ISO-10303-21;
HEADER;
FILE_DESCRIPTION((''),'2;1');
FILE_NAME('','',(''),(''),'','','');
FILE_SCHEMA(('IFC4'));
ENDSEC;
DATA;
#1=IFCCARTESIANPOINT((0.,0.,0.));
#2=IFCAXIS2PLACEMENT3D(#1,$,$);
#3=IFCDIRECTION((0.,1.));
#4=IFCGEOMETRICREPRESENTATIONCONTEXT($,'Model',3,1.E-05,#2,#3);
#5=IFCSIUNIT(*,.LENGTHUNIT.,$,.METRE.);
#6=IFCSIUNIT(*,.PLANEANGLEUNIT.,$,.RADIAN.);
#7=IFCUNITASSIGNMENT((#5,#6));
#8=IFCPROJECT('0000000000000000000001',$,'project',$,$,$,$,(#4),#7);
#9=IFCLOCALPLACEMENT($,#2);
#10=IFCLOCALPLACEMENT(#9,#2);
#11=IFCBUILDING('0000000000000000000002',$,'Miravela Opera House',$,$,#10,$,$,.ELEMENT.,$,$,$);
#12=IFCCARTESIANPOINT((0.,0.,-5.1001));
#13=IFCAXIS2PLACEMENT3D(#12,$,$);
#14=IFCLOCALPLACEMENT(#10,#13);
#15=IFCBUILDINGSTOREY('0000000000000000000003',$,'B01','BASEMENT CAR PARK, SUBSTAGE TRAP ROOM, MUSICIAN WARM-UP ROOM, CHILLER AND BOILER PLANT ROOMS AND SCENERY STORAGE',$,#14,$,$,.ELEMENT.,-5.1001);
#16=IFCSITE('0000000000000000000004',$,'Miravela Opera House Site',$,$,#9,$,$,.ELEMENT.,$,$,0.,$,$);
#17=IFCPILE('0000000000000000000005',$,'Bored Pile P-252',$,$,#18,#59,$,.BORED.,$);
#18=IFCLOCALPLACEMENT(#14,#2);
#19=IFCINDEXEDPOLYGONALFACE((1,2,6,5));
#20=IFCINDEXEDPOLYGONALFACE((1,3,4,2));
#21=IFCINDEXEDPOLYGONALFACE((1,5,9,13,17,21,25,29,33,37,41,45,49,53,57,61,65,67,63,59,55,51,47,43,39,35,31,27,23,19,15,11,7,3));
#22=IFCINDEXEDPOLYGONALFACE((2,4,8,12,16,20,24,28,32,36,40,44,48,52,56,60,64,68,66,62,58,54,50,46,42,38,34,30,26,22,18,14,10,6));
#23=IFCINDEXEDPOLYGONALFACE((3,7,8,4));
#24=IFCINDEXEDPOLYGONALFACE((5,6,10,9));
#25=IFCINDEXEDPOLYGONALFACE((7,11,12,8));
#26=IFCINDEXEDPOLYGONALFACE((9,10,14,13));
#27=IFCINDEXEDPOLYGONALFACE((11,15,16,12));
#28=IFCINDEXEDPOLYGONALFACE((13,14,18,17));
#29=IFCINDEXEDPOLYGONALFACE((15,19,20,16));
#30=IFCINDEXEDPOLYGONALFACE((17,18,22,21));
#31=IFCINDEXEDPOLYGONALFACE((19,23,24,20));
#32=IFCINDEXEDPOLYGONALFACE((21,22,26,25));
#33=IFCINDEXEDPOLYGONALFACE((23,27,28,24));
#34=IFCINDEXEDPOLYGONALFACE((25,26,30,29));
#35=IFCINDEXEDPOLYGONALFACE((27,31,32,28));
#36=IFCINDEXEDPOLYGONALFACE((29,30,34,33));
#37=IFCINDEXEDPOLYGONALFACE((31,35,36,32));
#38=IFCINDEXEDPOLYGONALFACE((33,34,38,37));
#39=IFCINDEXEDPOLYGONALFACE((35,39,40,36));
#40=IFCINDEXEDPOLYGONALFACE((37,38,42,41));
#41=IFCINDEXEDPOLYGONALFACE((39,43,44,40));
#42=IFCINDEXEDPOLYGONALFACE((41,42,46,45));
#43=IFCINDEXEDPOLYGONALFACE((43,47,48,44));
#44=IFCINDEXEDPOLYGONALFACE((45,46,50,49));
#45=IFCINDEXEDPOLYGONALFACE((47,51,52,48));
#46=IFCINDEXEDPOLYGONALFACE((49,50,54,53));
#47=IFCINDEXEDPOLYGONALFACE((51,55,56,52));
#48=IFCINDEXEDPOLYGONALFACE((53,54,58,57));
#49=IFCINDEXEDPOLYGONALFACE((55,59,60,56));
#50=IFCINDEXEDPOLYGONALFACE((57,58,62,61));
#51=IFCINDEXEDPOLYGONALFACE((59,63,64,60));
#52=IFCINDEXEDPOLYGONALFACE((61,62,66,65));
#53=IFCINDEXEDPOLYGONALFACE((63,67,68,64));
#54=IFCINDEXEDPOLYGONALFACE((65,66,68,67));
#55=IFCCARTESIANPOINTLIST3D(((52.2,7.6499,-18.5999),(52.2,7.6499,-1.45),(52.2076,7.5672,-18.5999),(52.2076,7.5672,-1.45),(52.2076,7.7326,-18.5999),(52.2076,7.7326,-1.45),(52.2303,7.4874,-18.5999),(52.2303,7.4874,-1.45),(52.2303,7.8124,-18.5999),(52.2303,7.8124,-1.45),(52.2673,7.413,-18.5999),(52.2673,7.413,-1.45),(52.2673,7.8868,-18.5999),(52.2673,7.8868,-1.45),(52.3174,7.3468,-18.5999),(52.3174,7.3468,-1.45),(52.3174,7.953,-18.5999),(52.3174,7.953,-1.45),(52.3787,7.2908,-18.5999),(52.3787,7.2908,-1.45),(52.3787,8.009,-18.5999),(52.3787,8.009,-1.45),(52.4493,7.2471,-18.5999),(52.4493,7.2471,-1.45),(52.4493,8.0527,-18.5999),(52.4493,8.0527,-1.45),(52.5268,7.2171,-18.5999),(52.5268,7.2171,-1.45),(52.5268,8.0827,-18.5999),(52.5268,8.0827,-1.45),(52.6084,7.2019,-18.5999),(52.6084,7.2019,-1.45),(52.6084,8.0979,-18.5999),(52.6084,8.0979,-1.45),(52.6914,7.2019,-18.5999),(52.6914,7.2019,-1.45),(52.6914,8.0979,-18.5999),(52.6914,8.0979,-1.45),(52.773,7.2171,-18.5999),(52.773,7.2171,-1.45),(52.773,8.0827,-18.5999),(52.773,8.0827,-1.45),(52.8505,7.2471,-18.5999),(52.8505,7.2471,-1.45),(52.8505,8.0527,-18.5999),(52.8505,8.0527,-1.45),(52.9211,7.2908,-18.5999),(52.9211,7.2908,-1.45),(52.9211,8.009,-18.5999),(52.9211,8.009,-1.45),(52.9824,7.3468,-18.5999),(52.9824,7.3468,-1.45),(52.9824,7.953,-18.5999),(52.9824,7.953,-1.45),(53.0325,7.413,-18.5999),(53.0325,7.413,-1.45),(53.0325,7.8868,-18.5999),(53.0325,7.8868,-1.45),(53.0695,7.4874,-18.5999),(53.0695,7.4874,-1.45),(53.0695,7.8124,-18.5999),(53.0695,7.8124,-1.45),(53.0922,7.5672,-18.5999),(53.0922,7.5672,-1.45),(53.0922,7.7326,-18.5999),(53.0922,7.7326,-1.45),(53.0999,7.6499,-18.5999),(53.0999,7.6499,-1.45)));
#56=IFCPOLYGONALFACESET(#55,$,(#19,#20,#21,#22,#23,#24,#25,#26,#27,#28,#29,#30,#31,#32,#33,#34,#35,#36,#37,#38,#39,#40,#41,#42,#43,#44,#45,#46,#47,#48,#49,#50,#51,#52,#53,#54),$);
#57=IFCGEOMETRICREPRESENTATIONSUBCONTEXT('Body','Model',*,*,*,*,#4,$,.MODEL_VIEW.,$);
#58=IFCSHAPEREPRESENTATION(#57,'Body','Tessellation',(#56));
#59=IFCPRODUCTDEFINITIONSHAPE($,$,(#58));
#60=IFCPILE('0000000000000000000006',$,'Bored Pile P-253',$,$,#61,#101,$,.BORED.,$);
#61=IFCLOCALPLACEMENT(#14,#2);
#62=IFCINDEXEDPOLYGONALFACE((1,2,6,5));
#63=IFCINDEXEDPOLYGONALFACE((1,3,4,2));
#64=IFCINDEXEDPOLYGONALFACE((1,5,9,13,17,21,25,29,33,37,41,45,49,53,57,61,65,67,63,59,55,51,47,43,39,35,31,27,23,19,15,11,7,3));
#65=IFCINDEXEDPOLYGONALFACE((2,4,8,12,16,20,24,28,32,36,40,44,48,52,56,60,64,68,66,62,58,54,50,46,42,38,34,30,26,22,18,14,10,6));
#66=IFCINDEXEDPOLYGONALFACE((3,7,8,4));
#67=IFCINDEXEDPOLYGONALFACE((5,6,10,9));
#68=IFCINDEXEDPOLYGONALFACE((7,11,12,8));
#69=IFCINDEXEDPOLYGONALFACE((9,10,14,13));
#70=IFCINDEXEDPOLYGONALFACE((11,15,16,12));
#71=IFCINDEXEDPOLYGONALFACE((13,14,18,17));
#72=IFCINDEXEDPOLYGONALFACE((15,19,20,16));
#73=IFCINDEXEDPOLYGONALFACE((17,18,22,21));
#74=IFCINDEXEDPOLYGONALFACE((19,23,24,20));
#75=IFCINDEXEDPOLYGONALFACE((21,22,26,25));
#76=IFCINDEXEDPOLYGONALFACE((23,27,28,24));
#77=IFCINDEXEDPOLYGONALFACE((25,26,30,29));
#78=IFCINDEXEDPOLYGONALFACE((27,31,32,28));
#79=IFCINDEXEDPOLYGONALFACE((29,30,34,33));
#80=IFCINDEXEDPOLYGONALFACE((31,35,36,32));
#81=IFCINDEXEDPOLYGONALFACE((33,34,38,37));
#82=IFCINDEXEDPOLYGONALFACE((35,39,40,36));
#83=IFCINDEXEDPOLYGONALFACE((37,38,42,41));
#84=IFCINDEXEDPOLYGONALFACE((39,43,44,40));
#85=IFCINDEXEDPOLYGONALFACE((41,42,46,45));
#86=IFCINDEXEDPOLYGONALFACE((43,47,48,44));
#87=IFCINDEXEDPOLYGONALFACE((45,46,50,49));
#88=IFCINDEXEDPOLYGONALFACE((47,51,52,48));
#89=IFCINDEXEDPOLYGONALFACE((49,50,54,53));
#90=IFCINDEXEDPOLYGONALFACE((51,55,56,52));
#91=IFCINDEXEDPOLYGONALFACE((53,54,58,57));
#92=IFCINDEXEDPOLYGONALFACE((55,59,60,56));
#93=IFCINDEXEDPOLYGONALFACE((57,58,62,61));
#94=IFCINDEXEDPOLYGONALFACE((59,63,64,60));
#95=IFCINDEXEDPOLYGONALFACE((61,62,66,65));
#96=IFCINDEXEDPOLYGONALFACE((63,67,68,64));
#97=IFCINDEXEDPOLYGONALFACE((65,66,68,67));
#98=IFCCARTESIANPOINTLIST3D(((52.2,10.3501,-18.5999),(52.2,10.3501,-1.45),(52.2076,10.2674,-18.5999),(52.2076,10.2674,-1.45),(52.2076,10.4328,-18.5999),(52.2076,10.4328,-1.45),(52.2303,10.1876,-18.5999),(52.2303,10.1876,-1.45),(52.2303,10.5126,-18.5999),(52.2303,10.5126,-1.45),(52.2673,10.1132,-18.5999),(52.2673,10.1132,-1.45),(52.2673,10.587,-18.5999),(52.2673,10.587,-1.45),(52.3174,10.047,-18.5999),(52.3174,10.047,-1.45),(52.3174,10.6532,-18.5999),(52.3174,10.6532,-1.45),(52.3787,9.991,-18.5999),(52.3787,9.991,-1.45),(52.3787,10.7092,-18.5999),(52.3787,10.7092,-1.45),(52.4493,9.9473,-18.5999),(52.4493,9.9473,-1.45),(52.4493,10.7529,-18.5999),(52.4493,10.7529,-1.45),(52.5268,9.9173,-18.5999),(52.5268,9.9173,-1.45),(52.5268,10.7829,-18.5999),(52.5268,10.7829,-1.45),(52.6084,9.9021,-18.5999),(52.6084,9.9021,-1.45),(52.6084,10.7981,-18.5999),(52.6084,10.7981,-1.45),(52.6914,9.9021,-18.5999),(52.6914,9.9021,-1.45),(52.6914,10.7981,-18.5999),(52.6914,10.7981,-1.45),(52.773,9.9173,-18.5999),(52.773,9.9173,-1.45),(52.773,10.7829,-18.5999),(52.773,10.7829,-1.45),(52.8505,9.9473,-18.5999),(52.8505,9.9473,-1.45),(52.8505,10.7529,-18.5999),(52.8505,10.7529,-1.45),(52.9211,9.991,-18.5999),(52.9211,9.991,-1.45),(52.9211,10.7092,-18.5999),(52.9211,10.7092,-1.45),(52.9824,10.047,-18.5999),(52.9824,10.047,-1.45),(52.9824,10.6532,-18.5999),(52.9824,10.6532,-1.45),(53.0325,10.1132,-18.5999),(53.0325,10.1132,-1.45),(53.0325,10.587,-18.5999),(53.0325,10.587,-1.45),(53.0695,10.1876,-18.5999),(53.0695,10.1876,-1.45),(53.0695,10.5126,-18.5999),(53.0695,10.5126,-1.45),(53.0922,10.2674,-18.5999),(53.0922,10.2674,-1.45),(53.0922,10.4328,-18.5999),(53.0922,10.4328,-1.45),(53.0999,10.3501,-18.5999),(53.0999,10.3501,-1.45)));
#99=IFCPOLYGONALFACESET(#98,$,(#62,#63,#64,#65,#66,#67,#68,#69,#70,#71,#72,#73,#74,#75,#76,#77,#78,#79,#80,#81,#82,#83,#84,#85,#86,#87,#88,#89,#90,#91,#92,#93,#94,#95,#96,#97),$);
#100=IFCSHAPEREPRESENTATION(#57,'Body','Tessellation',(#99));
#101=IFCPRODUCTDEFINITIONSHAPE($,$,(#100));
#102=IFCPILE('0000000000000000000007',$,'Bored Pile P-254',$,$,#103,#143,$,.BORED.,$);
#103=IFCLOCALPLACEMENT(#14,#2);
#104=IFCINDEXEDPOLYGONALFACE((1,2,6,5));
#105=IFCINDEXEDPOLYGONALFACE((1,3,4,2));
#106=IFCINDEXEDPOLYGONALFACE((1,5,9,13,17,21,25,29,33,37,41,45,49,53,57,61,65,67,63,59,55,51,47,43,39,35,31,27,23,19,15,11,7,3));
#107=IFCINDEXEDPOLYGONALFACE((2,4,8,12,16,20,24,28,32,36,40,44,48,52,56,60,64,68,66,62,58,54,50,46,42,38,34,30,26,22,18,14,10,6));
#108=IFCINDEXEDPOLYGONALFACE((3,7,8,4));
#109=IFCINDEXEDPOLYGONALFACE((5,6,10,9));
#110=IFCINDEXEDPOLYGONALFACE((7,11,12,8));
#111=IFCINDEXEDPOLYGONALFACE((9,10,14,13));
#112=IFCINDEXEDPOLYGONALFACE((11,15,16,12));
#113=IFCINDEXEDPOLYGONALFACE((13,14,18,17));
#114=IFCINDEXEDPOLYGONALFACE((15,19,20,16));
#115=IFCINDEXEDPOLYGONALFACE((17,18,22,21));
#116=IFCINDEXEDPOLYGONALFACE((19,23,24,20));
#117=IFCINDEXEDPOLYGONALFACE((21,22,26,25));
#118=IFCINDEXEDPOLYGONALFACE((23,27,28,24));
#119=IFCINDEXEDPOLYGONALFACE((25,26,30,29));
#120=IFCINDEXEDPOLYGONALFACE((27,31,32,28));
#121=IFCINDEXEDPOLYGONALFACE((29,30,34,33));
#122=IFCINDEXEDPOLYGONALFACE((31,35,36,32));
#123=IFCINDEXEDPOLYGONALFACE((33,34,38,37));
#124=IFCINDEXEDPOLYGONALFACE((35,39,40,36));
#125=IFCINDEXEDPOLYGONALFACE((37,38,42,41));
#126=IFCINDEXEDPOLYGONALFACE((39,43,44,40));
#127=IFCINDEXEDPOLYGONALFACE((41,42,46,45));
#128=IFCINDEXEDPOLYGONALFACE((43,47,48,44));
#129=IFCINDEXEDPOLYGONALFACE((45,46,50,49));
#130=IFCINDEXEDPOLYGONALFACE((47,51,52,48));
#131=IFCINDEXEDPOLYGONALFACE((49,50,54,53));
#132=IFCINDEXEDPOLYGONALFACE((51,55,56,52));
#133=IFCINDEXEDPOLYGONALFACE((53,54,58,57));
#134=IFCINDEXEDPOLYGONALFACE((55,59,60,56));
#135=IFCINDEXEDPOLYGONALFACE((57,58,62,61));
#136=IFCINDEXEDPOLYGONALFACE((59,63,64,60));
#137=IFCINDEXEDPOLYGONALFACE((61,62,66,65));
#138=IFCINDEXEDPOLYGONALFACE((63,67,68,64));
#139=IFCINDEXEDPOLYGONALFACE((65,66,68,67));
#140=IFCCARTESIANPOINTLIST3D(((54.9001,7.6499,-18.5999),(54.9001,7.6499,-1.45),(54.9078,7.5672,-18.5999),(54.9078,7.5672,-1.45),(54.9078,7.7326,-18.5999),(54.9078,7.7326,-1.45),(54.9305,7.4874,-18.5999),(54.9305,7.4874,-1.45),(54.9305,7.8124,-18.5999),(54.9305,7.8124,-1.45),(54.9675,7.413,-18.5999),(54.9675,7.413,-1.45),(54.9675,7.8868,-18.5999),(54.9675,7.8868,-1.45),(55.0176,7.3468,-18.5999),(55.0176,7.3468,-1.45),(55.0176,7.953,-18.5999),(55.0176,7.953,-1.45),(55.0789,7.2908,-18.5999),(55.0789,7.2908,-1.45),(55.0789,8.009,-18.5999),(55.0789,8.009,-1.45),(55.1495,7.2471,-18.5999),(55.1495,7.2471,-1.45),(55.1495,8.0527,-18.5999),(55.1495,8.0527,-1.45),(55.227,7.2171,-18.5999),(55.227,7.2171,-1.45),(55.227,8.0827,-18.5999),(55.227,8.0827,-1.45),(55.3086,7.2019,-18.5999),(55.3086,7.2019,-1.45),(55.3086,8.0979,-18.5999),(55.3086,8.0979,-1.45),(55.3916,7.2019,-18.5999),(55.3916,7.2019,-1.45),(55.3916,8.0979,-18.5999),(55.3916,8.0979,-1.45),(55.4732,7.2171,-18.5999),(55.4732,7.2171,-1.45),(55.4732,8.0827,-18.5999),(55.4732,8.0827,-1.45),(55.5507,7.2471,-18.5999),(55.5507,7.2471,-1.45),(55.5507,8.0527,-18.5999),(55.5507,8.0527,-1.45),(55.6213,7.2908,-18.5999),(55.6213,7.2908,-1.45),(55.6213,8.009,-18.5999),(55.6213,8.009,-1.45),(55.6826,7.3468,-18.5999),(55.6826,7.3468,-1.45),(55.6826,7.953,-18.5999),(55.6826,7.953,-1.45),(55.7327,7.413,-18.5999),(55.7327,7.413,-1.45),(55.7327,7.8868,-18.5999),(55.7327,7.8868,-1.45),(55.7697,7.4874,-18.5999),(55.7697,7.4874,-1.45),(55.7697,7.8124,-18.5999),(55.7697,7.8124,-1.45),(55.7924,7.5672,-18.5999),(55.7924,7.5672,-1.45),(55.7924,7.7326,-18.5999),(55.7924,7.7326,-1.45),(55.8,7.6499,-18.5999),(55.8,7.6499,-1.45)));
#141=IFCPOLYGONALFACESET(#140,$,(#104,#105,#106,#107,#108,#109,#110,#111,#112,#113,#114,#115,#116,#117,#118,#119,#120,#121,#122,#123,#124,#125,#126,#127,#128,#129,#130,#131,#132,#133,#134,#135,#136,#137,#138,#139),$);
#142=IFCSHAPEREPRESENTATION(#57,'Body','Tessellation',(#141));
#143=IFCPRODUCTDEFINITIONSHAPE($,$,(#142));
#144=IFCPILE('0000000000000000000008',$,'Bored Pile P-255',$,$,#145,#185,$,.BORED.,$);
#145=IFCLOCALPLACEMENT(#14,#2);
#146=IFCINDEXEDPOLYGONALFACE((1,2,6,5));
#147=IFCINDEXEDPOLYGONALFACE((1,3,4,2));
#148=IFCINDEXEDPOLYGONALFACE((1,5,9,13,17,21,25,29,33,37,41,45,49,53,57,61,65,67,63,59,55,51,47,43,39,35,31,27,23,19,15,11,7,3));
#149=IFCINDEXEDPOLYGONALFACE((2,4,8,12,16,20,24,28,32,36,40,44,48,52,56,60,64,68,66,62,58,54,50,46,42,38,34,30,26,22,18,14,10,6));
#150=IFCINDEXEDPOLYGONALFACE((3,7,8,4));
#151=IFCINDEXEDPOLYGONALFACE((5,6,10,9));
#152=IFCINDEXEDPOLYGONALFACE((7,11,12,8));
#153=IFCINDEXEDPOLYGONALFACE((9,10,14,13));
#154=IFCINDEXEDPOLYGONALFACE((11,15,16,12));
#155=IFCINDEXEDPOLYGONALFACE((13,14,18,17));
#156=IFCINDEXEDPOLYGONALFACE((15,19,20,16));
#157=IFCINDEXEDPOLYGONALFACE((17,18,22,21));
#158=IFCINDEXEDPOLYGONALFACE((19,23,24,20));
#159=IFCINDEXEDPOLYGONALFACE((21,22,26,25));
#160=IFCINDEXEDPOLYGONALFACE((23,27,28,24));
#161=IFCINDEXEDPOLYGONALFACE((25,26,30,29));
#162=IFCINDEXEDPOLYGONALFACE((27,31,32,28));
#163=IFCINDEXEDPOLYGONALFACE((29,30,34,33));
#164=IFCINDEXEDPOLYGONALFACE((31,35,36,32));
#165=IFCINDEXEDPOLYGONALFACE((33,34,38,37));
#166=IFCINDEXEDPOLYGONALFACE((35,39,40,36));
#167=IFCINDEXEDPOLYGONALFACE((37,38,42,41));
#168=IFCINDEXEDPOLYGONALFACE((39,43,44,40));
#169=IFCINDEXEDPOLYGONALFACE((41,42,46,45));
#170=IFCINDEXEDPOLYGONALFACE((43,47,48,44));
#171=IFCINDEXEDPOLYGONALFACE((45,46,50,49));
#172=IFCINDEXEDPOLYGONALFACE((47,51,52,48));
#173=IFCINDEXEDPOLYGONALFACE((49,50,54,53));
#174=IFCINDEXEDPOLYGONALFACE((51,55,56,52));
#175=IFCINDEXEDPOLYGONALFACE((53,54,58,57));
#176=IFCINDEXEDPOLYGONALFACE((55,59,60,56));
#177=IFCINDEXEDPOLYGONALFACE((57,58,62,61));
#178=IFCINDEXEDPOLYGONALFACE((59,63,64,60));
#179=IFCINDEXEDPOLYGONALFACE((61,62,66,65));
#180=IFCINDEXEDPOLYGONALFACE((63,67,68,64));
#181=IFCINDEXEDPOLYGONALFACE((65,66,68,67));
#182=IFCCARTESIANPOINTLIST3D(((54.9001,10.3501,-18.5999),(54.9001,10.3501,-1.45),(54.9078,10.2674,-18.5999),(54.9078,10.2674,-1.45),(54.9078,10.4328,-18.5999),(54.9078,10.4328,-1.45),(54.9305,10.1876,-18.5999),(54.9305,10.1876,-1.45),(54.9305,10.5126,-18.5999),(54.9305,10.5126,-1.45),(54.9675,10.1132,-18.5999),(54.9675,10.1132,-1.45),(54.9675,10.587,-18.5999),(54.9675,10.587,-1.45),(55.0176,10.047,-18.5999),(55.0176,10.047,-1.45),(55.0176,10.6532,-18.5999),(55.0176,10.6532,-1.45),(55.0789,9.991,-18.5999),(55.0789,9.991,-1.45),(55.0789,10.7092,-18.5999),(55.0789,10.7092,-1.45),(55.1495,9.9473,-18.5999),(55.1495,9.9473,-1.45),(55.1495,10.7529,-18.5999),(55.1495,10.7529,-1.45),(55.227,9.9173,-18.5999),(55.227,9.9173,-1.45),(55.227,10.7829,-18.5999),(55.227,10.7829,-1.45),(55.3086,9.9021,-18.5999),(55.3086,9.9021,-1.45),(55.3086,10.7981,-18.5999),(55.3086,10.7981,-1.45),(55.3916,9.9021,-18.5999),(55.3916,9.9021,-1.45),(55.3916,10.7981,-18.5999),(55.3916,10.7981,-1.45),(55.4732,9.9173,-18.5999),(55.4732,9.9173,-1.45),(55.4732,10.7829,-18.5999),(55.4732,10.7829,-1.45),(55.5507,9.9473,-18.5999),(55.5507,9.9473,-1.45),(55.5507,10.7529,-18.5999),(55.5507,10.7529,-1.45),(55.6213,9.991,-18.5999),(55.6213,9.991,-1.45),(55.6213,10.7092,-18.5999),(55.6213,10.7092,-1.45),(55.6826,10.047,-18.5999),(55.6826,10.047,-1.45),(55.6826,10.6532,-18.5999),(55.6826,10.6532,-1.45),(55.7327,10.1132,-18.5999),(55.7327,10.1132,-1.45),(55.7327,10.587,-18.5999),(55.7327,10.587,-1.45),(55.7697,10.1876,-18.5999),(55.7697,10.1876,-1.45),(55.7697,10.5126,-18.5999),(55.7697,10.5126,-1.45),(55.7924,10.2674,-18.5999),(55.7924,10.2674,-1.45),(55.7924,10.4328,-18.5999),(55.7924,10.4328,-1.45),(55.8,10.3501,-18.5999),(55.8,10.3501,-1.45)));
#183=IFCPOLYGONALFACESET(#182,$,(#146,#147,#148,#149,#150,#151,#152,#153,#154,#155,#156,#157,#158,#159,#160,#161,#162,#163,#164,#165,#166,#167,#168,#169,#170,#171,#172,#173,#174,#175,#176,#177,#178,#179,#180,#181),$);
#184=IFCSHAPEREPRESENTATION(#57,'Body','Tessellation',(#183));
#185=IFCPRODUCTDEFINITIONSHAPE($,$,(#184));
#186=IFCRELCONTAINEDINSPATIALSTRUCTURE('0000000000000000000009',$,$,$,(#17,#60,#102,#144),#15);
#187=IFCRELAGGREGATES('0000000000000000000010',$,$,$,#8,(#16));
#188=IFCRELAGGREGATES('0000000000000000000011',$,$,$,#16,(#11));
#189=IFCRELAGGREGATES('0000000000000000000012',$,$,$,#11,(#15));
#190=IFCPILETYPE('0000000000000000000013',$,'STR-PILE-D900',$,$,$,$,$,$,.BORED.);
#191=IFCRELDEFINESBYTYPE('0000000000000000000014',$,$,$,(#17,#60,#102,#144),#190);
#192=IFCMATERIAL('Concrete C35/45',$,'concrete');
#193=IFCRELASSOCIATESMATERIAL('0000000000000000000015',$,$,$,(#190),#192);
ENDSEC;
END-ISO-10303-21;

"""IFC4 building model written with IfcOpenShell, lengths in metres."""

from ifc_helpers import new_model, si_unit, direction, frame, origin, origin_2d, place, context, subcontext, project, spatial, circle, extrude, material, material_profile, profile_set, type_object, element, save


model = new_model("IFC4")

# Units and contexts
model_context = context("Model", 3, precision=1e-05, world=origin(), true_north=direction((0.0, 1.0)))
body_context = subcontext(model_context, "Body", "Model", "MODEL_VIEW")
ifc_project = project(units=[si_unit("LENGTHUNIT", "METRE"), si_unit("PLANEANGLEUNIT", "RADIAN")], contexts=[model_context])

# Site, building, storey
site_placement = place(None, origin())
site = spatial("IfcSite", under=ifc_project, at=site_placement, Name="Miravela Opera House Site", CompositionType="ELEMENT", RefElevation=0.0)
building_placement = place(site_placement, origin())
building = spatial("IfcBuilding", under=site, at=building_placement, Name="Miravela Opera House", CompositionType="ELEMENT")
storey_placement = place(building_placement, frame((0.0, 0.0, -5.1001)))
storey = spatial("IfcBuildingStorey", under=building, at=storey_placement, Name="B01", Description="BASEMENT CAR PARK, SUBSTAGE TRAP ROOM, MUSICIAN WARM-UP ROOM, CHILLER AND BOILER PLANT ROOMS AND SCENERY STORAGE", CompositionType="ELEMENT", Elevation=-5.1001)

# Shared definitions
ifc_material_1 = material(Name="Concrete C35/45", Category="concrete")

# Piles
ifc_material_profile_1 = material_profile(ifc_material_1, circle(Radius=0.45, at=origin_2d()), Name="PILE-D900")
ifc_profile_set_1 = profile_set([ifc_material_profile_1])
pile_type_1 = type_object("IfcPileType", Name="STR-PILE-D900", PredefinedType="BORED", material=ifc_profile_set_1)
for number, where, z_axis, x_axis, name in (
    (1, (52.6499, 7.6499, -1.45), (0.0, 0.0, -1.0), (1.0, 0.0, 0.0), "Bored Pile P-252"),
    (2, (52.6499, 10.3501, -1.45), (0.0, 0.0, -1.0), (1.0, 0.0, 0.0), "Bored Pile P-253"),
    (3, (55.3501, 7.6499, -1.45), (0.0, 0.0, -1.0), (1.0, 0.0, 0.0), "Bored Pile P-254"),
    (4, (55.3501, 10.3501, -1.45), (0.0, 0.0, -1.0), (1.0, 0.0, 0.0), "Bored Pile P-255"),
):
    element("IfcPile", number, at=place(storey_placement, frame(where, z_axis=z_axis, x_axis=x_axis)), inside=storey, type_object=pile_type_1, Name=name, PredefinedType="BORED", context=body_context, shape_type="SweptSolid", body=[
        extrude(circle(Radius=0.45, at=origin_2d()), origin(), (0.0, 0.0, 1.0), 17.1499),
    ])

save(model, "model.ifc")
